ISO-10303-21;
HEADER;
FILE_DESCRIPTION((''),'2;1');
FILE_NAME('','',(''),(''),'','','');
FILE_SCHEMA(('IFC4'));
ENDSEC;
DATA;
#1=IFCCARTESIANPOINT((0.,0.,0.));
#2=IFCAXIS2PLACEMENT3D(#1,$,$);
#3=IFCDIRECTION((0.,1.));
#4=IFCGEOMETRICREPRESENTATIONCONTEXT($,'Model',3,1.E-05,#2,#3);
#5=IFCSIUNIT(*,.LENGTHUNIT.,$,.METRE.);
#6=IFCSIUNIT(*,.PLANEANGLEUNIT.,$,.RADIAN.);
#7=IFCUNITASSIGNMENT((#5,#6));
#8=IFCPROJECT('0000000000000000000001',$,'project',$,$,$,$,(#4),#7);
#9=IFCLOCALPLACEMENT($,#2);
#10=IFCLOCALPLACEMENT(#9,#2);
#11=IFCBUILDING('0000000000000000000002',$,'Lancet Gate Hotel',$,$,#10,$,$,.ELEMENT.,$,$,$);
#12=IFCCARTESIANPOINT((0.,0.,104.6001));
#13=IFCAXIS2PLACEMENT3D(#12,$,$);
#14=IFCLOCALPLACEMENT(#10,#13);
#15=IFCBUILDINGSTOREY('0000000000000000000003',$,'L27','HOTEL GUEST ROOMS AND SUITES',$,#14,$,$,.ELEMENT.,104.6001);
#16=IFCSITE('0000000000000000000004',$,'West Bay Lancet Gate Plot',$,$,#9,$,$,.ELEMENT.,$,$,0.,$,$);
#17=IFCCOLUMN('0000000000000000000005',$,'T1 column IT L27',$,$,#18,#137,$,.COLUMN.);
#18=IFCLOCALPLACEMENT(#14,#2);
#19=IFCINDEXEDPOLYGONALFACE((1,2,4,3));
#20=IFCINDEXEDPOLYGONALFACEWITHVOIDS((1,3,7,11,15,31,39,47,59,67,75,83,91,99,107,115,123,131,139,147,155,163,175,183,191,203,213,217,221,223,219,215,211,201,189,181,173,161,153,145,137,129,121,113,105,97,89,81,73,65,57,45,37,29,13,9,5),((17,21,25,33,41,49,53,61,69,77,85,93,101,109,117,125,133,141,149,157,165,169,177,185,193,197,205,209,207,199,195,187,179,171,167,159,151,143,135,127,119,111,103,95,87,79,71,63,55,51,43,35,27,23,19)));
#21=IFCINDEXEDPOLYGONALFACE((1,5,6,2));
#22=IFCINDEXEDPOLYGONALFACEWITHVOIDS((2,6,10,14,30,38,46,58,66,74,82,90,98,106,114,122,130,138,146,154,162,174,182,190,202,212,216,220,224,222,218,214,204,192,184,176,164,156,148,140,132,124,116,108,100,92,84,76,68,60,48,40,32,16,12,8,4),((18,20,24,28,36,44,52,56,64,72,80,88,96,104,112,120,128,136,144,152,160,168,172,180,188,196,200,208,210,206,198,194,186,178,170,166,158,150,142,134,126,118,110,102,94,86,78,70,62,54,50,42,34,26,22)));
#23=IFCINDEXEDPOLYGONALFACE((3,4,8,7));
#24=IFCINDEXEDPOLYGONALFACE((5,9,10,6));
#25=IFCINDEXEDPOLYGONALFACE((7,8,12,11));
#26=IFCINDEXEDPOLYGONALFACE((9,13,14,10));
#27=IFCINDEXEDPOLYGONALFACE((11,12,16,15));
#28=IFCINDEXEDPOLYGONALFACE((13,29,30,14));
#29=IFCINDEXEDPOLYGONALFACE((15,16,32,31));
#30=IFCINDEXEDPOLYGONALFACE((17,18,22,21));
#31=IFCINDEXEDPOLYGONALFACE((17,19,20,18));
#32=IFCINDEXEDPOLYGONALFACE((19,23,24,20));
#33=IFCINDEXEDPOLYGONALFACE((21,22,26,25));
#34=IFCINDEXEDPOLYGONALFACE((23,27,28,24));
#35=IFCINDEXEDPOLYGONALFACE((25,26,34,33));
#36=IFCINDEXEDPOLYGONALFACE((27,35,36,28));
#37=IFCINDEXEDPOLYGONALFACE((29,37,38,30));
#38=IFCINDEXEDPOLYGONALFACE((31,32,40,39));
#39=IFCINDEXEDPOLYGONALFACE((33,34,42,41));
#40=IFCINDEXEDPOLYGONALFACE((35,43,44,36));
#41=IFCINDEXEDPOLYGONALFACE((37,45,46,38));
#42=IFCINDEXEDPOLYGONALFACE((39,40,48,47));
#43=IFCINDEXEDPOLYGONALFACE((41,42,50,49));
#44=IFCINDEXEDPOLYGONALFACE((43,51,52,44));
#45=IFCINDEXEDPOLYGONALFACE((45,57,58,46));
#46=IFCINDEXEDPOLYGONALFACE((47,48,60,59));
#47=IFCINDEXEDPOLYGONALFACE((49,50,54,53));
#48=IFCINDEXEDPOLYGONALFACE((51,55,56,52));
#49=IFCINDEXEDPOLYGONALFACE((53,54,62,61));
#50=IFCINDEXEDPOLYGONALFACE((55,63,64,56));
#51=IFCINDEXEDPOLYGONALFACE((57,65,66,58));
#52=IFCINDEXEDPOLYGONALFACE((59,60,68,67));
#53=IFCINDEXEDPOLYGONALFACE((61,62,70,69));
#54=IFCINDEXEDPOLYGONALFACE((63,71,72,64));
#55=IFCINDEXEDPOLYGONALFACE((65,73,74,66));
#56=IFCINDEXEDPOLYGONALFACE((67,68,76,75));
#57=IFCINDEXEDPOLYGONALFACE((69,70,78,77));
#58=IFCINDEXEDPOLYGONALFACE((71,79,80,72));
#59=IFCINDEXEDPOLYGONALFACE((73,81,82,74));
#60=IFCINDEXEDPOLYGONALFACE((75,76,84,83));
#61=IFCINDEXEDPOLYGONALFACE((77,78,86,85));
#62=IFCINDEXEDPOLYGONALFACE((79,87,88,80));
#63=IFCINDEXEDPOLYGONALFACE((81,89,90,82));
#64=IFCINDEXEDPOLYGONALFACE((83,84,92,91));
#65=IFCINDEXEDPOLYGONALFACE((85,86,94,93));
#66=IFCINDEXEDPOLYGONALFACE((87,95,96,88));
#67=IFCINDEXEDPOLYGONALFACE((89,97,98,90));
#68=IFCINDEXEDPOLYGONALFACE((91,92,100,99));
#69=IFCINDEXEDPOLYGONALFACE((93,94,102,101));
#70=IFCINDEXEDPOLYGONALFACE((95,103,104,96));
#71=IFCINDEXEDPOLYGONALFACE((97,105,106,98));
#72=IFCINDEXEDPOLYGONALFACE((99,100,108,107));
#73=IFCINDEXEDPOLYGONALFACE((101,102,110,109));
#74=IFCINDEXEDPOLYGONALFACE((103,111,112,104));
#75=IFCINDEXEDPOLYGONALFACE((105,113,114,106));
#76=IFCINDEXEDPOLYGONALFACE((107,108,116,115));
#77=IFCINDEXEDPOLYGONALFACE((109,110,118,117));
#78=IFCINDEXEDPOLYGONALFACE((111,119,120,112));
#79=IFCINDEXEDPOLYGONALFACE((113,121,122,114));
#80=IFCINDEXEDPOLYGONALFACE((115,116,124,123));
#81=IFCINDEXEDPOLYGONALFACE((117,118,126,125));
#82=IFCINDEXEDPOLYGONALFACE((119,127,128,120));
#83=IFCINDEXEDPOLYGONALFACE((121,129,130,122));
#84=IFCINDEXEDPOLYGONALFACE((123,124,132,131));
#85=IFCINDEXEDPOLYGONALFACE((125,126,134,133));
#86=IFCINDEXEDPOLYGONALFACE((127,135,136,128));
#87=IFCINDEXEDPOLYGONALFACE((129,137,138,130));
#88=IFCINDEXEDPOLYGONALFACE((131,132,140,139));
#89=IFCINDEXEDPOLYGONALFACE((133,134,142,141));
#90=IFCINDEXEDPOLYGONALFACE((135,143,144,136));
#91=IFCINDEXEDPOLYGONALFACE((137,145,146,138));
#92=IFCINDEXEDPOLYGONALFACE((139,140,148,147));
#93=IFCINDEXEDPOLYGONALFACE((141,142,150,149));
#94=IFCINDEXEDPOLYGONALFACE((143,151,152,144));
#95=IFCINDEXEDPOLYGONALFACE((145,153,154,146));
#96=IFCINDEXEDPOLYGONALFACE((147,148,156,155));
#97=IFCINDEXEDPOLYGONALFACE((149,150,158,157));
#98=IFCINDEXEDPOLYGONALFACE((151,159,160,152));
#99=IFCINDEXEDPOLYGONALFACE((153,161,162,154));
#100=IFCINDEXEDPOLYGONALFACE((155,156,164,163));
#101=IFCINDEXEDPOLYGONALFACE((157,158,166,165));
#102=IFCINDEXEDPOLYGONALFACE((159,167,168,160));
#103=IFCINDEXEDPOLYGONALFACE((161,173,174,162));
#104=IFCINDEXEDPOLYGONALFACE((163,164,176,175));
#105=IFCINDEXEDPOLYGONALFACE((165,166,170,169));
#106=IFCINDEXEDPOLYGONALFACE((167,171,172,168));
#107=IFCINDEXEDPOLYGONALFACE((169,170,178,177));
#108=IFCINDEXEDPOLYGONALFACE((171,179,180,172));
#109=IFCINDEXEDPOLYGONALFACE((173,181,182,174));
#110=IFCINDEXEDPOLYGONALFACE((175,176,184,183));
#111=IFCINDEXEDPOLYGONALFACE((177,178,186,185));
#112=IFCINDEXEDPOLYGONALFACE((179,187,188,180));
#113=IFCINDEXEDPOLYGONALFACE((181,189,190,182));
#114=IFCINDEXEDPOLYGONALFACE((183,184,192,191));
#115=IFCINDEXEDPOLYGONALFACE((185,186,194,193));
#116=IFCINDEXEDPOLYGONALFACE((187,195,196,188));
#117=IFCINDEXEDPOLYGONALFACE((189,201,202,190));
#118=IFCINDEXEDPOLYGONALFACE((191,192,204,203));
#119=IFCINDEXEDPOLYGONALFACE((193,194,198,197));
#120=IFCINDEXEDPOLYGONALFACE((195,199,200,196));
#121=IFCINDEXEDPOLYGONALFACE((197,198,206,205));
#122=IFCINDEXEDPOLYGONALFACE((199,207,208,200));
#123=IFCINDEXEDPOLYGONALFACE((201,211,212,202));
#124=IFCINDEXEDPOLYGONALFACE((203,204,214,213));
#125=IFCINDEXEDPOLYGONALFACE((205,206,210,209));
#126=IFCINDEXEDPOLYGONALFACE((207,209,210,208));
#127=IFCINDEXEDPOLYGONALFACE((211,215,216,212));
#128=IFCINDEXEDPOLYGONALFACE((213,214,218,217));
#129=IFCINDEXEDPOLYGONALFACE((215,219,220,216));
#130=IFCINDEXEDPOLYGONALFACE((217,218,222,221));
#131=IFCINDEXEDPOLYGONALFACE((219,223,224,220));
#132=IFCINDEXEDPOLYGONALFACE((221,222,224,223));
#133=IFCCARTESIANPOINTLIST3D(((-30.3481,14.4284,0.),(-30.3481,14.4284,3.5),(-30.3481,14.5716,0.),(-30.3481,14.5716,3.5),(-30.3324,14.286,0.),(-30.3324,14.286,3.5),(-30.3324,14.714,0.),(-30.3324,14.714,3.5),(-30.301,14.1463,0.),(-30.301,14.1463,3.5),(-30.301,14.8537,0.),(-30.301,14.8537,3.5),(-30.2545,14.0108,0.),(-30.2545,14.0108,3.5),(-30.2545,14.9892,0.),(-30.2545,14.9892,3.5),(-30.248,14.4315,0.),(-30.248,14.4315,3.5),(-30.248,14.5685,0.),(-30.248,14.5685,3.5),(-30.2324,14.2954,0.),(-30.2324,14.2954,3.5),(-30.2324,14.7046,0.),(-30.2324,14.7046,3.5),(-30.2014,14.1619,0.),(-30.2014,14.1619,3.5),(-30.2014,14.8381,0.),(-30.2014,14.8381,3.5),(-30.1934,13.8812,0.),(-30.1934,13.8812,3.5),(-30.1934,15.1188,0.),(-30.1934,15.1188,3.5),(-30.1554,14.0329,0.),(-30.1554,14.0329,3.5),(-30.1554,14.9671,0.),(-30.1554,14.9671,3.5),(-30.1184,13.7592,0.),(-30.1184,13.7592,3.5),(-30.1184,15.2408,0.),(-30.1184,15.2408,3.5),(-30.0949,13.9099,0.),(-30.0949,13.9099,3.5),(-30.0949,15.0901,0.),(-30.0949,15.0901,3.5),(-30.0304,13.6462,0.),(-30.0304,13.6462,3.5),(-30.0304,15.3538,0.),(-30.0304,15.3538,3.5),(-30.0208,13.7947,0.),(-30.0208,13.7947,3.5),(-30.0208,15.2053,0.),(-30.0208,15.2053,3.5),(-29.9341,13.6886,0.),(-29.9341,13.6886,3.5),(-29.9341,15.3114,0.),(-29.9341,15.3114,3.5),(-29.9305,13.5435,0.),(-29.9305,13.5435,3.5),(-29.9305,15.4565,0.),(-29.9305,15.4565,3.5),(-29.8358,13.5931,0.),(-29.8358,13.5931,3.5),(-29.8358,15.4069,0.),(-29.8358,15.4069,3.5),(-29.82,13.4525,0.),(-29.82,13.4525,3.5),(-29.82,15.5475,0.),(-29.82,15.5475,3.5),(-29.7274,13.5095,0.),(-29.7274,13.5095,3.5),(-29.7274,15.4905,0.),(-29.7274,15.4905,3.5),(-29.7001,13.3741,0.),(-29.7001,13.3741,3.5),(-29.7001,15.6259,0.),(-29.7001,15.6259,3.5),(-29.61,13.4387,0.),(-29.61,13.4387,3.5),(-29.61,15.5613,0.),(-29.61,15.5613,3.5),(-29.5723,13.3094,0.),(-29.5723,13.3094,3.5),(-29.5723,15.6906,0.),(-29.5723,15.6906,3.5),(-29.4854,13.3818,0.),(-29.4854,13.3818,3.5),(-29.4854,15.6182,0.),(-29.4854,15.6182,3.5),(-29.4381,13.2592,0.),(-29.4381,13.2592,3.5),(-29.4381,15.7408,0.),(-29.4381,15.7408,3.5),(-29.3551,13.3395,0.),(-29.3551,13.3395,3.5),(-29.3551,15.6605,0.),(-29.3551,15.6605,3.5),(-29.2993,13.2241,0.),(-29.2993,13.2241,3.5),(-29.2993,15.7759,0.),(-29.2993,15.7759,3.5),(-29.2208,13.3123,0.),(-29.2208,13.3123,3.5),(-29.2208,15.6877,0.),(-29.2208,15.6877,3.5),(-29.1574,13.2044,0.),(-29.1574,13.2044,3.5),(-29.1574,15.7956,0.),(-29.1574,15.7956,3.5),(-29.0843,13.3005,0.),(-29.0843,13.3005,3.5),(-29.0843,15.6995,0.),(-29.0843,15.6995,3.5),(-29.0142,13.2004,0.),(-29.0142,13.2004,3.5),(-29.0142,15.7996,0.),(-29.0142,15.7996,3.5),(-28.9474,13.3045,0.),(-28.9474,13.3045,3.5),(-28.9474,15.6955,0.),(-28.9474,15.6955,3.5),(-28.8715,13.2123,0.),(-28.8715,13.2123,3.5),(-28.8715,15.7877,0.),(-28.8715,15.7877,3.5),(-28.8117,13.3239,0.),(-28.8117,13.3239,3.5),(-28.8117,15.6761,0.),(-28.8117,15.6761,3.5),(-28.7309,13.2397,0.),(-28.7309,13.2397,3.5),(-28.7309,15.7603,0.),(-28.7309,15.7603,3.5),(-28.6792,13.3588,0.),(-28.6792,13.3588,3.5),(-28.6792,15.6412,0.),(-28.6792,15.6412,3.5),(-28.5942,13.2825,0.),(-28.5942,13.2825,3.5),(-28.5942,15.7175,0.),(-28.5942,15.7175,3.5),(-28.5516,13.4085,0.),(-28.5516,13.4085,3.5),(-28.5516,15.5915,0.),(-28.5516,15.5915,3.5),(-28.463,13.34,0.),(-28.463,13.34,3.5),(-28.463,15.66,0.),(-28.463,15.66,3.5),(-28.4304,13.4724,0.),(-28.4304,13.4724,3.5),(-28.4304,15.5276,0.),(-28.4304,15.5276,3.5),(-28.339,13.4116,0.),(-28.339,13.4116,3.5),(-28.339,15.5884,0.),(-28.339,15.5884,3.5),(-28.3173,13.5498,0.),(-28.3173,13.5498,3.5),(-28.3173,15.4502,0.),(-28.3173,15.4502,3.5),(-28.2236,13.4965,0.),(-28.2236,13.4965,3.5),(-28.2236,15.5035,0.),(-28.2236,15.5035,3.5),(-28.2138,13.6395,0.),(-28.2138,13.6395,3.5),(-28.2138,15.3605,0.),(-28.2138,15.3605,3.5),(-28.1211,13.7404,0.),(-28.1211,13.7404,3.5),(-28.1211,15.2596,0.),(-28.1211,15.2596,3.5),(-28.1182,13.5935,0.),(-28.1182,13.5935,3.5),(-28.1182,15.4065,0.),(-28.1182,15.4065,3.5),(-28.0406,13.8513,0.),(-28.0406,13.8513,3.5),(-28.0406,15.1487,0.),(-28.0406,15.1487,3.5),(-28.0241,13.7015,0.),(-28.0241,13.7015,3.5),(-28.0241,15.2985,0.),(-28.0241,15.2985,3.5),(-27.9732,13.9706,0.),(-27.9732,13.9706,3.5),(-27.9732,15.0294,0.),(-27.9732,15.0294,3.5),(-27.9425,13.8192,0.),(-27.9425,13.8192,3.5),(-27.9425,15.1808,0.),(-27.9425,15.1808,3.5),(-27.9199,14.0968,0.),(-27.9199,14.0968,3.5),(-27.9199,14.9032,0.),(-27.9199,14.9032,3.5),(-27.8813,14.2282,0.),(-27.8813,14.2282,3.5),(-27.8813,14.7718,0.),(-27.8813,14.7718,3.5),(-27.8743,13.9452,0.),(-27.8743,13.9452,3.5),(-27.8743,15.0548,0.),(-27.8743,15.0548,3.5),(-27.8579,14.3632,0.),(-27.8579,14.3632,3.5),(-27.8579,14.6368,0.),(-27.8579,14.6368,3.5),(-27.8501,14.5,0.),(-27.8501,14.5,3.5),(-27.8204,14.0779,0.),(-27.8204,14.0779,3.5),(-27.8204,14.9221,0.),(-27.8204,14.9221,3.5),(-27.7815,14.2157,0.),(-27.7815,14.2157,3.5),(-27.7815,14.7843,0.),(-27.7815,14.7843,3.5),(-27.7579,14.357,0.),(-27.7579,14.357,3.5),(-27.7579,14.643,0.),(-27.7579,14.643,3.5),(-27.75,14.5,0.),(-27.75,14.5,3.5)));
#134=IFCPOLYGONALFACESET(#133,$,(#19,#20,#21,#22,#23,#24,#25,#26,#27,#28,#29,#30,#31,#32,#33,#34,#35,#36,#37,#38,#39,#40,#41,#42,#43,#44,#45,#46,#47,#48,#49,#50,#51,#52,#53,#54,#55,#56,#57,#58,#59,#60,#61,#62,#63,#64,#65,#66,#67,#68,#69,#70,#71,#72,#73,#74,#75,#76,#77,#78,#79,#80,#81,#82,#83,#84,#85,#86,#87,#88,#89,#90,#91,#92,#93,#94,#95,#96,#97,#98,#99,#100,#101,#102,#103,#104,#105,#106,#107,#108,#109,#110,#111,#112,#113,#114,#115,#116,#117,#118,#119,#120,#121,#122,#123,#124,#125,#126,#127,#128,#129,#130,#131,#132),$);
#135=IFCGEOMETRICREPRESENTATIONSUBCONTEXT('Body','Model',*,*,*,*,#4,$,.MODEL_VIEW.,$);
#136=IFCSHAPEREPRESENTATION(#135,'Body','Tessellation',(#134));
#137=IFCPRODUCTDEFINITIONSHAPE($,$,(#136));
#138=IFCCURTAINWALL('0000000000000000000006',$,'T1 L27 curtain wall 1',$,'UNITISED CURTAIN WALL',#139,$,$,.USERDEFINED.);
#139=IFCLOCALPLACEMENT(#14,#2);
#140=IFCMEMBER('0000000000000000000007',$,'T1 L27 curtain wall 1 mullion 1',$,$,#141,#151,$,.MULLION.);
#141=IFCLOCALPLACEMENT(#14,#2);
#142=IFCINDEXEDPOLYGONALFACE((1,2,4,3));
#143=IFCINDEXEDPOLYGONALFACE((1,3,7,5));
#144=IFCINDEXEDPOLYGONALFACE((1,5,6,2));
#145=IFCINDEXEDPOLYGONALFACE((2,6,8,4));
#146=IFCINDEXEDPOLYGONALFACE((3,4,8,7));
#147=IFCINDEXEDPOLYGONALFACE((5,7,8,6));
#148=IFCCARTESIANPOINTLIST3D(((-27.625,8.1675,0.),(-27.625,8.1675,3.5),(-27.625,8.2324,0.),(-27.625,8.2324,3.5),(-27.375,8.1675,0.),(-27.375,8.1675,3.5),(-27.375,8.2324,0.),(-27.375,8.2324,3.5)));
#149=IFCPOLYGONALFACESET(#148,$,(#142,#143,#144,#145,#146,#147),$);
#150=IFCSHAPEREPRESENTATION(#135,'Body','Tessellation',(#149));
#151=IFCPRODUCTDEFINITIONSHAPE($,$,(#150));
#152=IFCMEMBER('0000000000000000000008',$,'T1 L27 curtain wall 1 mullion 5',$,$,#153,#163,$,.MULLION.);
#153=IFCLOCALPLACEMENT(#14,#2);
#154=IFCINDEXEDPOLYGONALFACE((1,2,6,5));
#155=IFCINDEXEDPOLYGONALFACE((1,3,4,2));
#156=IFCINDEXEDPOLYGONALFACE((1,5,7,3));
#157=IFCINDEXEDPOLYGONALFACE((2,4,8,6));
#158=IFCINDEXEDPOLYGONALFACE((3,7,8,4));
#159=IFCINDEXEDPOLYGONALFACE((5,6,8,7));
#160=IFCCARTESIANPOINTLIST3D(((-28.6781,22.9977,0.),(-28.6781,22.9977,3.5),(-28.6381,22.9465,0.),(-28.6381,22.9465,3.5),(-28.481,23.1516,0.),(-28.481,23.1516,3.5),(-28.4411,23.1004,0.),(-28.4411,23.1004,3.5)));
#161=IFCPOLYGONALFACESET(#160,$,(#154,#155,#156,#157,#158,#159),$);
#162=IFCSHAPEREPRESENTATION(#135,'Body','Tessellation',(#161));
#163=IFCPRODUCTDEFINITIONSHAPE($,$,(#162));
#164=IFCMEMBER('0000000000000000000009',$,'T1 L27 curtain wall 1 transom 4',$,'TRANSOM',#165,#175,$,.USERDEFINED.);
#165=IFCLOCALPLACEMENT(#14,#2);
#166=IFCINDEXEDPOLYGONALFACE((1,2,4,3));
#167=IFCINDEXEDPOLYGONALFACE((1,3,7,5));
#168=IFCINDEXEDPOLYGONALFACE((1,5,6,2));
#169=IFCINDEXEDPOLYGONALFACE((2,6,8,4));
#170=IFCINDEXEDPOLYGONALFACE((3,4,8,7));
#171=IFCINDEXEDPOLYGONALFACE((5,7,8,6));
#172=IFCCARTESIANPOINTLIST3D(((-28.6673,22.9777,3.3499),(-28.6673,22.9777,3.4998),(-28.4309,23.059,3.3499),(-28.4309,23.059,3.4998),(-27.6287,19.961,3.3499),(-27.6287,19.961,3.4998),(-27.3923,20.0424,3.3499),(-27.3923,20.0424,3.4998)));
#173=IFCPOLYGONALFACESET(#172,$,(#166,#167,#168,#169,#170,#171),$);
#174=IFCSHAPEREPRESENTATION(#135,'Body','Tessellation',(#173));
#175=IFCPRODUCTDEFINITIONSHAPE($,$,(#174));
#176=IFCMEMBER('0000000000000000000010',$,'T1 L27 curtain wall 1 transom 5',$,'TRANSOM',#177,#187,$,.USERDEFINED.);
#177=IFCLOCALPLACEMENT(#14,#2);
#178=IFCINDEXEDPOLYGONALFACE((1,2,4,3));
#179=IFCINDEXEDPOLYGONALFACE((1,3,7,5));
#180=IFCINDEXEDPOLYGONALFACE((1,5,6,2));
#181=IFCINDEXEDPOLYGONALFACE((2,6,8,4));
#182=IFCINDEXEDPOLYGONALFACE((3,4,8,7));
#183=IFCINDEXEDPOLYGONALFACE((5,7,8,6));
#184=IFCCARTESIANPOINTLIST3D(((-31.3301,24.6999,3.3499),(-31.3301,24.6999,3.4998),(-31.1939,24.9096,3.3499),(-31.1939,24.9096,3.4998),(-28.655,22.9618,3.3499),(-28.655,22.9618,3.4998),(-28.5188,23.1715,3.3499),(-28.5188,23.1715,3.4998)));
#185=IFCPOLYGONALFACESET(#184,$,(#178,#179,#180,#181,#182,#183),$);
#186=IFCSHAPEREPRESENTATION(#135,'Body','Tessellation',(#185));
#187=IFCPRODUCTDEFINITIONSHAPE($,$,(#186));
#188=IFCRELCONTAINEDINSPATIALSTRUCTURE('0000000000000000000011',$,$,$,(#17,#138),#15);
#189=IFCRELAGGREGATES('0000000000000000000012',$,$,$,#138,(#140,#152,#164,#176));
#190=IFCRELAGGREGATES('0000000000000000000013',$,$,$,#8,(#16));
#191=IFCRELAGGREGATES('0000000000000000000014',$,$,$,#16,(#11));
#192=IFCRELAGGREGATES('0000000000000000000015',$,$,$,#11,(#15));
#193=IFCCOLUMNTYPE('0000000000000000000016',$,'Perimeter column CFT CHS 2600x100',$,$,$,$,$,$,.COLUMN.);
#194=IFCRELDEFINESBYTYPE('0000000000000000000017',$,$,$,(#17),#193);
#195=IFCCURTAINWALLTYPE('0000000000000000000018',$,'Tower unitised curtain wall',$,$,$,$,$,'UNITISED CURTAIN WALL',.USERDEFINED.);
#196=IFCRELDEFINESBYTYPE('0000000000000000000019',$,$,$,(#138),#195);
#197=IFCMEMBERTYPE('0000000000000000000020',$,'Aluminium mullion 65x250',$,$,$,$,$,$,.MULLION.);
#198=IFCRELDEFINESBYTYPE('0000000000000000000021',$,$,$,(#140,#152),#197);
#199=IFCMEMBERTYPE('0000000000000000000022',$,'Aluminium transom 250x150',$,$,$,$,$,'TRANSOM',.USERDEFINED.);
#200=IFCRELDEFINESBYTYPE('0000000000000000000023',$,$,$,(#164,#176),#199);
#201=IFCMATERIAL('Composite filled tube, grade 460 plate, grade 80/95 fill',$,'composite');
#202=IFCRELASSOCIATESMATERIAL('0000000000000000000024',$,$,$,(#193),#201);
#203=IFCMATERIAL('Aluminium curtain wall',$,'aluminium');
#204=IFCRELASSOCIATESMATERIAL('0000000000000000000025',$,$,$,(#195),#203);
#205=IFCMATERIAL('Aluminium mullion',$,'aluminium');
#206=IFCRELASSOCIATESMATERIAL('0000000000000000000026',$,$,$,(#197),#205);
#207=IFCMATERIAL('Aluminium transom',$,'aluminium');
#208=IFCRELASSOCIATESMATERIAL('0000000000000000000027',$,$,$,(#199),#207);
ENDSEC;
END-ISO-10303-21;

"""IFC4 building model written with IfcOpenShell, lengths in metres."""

from ifc_helpers import new_model, si_unit, direction, frame, origin, origin_2d, place, context, subcontext, project, spatial, rectangle, hollow_circle, extrude, material, material_profile, profile_set, type_object, element, aggregate, save


model = new_model("IFC4")

# Units and contexts
model_context = context("Model", 3, precision=1e-05, world=origin(), true_north=direction((0.0, 1.0)))
body_context = subcontext(model_context, "Body", "Model", "MODEL_VIEW")
ifc_project = project(units=[si_unit("LENGTHUNIT", "METRE"), si_unit("PLANEANGLEUNIT", "RADIAN")], contexts=[model_context])

# Site, building, storey
site_placement = place(None, origin())
site = spatial("IfcSite", under=ifc_project, at=site_placement, Name="West Bay Lancet Gate Plot", CompositionType="ELEMENT", RefElevation=0.0)
building_placement = place(site_placement, origin())
building = spatial("IfcBuilding", under=site, at=building_placement, Name="Lancet Gate Hotel", CompositionType="ELEMENT")
storey_placement = place(building_placement, frame((0.0, 0.0, 104.6001)))
storey = spatial("IfcBuildingStorey", under=building, at=storey_placement, Name="L27", Description="HOTEL GUEST ROOMS AND SUITES", CompositionType="ELEMENT", Elevation=104.6001)

# Column
ifc_material_1 = material(Name="Composite filled tube, grade 460 plate, grade 80/95 fill", Category="composite")
ifc_material_profile_1 = material_profile(ifc_material_1, hollow_circle(Radius=1.3, WallThickness=0.1001, at=origin_2d()), Name="CHS 2600x100")
ifc_profile_set_1 = profile_set([ifc_material_profile_1], Name="Composite filled tube, grade 460 plate, grade 80/95 fill")
column_type = type_object("IfcColumnType", Name="Perimeter column CFT CHS 2600x100", PredefinedType="COLUMN", material=ifc_profile_set_1)
for number, where, z_axis, x_axis, name in (
    (1, (-29.05, 14.5, 0.0), (0.0, 0.0, 1.0), (1.0, 0.0, 0.0), "T1 column IT L27"),
):
    element("IfcColumn", number, at=place(storey_placement, frame(where, z_axis=z_axis, x_axis=x_axis)), inside=storey, type_object=column_type, Name=name, PredefinedType="COLUMN", context=body_context, shape_type="SweptSolid", body=[
        extrude(hollow_circle(Radius=1.3, WallThickness=0.1001, at=origin_2d()), origin(), (0.0, 0.0, 1.0), 3.5),
    ])

# Curtain wall, members
ifc_material_2 = material(Name="Aluminium curtain wall", Category="aluminium")
curtain_wall_type = type_object("IfcCurtainWallType", Name="Tower unitised curtain wall", ElementType="UNITISED CURTAIN WALL", PredefinedType="USERDEFINED", material=ifc_material_2)
curtain_wall_placement = place(storey_placement, origin())
curtain_wall = element("IfcCurtainWall", 2, at=curtain_wall_placement, inside=storey, type_object=curtain_wall_type, Name="T1 L27 curtain wall 1", ObjectType="UNITISED CURTAIN WALL", PredefinedType="USERDEFINED")
ifc_material_3 = material(Name="Aluminium mullion", Category="aluminium")
ifc_material_profile_2 = material_profile(ifc_material_3, rectangle(XDim=0.0649, YDim=0.25, at=origin_2d()), Name="MULLION 65x250")
ifc_profile_set_2 = profile_set([ifc_material_profile_2], Name="Aluminium mullion")
member_type_1 = type_object("IfcMemberType", Name="Aluminium mullion 65x250", PredefinedType="MULLION", material=ifc_profile_set_2)
member_1_placement = place(storey_placement, frame((-27.5, 8.2, 0.0), z_axis=(0.0, 0.0, 1.0), x_axis=(0.0, 1.0, 0.0)))
member_1 = element("IfcMember", 3, at=member_1_placement, type_object=member_type_1, Name="T1 L27 curtain wall 1 mullion 1", PredefinedType="MULLION", context=body_context, shape_type="SweptSolid", body=[
    extrude(rectangle(XDim=0.0649, YDim=0.25, at=origin_2d()), origin(), (0.0, 0.0, 1.0), 3.5),
])
member_2_placement = place(storey_placement, frame((-28.5596, 23.0491, 0.0), z_axis=(0.0, 0.0, 1.0), x_axis=(-0.615574, 0.788079, 0.0)))
member_2 = element("IfcMember", 4, at=member_2_placement, type_object=member_type_1, Name="T1 L27 curtain wall 1 mullion 5", PredefinedType="MULLION", context=body_context, shape_type="SweptSolid", body=[
    extrude(rectangle(XDim=0.0649, YDim=0.25, at=origin_2d()), origin(), (0.0, 0.0, 1.0), 3.5),
])
ifc_material_4 = material(Name="Aluminium transom", Category="aluminium")
ifc_material_profile_3 = material_profile(ifc_material_4, rectangle(XDim=0.25, YDim=0.1499, at=origin_2d()), Name="TRANSOM 250x150")
ifc_profile_set_3 = profile_set([ifc_material_profile_3], Name="Aluminium transom")
member_type_2 = type_object("IfcMemberType", Name="Aluminium transom 250x150", ElementType="TRANSOM", PredefinedType="USERDEFINED", material=ifc_profile_set_3)
member_3_placement = place(storey_placement, frame((-27.5105, 20.0017, 3.4248), z_axis=(-0.325533, 0.945531, 0.0), x_axis=(-0.945531, -0.325533, 0.0)))
member_3 = element("IfcMember", 5, at=member_3_placement, type_object=member_type_2, Name="T1 L27 curtain wall 1 transom 4", ObjectType="TRANSOM", PredefinedType="USERDEFINED", context=body_context, shape_type="SweptSolid", body=[
    extrude(rectangle(XDim=0.25, YDim=0.1499, at=origin_2d()), origin(), (0.0, 0.0, 1.0), 3.1904),
])
member_4_placement = place(storey_placement, frame((-28.5869, 23.0667, 3.4248), z_axis=(-0.83855, 0.544824, 0.0), x_axis=(-0.544824, -0.83855, 0.0)))
member_4 = element("IfcMember", 6, at=member_4_placement, type_object=member_type_2, Name="T1 L27 curtain wall 1 transom 5", ObjectType="TRANSOM", PredefinedType="USERDEFINED", context=body_context, shape_type="SweptSolid", body=[
    extrude(rectangle(XDim=0.25, YDim=0.1499, at=origin_2d()), origin(), (0.0, 0.0, 1.0), 3.1902),
])

aggregate(curtain_wall, [member_1, member_2, member_3, member_4])

save(model, "model.ifc")
